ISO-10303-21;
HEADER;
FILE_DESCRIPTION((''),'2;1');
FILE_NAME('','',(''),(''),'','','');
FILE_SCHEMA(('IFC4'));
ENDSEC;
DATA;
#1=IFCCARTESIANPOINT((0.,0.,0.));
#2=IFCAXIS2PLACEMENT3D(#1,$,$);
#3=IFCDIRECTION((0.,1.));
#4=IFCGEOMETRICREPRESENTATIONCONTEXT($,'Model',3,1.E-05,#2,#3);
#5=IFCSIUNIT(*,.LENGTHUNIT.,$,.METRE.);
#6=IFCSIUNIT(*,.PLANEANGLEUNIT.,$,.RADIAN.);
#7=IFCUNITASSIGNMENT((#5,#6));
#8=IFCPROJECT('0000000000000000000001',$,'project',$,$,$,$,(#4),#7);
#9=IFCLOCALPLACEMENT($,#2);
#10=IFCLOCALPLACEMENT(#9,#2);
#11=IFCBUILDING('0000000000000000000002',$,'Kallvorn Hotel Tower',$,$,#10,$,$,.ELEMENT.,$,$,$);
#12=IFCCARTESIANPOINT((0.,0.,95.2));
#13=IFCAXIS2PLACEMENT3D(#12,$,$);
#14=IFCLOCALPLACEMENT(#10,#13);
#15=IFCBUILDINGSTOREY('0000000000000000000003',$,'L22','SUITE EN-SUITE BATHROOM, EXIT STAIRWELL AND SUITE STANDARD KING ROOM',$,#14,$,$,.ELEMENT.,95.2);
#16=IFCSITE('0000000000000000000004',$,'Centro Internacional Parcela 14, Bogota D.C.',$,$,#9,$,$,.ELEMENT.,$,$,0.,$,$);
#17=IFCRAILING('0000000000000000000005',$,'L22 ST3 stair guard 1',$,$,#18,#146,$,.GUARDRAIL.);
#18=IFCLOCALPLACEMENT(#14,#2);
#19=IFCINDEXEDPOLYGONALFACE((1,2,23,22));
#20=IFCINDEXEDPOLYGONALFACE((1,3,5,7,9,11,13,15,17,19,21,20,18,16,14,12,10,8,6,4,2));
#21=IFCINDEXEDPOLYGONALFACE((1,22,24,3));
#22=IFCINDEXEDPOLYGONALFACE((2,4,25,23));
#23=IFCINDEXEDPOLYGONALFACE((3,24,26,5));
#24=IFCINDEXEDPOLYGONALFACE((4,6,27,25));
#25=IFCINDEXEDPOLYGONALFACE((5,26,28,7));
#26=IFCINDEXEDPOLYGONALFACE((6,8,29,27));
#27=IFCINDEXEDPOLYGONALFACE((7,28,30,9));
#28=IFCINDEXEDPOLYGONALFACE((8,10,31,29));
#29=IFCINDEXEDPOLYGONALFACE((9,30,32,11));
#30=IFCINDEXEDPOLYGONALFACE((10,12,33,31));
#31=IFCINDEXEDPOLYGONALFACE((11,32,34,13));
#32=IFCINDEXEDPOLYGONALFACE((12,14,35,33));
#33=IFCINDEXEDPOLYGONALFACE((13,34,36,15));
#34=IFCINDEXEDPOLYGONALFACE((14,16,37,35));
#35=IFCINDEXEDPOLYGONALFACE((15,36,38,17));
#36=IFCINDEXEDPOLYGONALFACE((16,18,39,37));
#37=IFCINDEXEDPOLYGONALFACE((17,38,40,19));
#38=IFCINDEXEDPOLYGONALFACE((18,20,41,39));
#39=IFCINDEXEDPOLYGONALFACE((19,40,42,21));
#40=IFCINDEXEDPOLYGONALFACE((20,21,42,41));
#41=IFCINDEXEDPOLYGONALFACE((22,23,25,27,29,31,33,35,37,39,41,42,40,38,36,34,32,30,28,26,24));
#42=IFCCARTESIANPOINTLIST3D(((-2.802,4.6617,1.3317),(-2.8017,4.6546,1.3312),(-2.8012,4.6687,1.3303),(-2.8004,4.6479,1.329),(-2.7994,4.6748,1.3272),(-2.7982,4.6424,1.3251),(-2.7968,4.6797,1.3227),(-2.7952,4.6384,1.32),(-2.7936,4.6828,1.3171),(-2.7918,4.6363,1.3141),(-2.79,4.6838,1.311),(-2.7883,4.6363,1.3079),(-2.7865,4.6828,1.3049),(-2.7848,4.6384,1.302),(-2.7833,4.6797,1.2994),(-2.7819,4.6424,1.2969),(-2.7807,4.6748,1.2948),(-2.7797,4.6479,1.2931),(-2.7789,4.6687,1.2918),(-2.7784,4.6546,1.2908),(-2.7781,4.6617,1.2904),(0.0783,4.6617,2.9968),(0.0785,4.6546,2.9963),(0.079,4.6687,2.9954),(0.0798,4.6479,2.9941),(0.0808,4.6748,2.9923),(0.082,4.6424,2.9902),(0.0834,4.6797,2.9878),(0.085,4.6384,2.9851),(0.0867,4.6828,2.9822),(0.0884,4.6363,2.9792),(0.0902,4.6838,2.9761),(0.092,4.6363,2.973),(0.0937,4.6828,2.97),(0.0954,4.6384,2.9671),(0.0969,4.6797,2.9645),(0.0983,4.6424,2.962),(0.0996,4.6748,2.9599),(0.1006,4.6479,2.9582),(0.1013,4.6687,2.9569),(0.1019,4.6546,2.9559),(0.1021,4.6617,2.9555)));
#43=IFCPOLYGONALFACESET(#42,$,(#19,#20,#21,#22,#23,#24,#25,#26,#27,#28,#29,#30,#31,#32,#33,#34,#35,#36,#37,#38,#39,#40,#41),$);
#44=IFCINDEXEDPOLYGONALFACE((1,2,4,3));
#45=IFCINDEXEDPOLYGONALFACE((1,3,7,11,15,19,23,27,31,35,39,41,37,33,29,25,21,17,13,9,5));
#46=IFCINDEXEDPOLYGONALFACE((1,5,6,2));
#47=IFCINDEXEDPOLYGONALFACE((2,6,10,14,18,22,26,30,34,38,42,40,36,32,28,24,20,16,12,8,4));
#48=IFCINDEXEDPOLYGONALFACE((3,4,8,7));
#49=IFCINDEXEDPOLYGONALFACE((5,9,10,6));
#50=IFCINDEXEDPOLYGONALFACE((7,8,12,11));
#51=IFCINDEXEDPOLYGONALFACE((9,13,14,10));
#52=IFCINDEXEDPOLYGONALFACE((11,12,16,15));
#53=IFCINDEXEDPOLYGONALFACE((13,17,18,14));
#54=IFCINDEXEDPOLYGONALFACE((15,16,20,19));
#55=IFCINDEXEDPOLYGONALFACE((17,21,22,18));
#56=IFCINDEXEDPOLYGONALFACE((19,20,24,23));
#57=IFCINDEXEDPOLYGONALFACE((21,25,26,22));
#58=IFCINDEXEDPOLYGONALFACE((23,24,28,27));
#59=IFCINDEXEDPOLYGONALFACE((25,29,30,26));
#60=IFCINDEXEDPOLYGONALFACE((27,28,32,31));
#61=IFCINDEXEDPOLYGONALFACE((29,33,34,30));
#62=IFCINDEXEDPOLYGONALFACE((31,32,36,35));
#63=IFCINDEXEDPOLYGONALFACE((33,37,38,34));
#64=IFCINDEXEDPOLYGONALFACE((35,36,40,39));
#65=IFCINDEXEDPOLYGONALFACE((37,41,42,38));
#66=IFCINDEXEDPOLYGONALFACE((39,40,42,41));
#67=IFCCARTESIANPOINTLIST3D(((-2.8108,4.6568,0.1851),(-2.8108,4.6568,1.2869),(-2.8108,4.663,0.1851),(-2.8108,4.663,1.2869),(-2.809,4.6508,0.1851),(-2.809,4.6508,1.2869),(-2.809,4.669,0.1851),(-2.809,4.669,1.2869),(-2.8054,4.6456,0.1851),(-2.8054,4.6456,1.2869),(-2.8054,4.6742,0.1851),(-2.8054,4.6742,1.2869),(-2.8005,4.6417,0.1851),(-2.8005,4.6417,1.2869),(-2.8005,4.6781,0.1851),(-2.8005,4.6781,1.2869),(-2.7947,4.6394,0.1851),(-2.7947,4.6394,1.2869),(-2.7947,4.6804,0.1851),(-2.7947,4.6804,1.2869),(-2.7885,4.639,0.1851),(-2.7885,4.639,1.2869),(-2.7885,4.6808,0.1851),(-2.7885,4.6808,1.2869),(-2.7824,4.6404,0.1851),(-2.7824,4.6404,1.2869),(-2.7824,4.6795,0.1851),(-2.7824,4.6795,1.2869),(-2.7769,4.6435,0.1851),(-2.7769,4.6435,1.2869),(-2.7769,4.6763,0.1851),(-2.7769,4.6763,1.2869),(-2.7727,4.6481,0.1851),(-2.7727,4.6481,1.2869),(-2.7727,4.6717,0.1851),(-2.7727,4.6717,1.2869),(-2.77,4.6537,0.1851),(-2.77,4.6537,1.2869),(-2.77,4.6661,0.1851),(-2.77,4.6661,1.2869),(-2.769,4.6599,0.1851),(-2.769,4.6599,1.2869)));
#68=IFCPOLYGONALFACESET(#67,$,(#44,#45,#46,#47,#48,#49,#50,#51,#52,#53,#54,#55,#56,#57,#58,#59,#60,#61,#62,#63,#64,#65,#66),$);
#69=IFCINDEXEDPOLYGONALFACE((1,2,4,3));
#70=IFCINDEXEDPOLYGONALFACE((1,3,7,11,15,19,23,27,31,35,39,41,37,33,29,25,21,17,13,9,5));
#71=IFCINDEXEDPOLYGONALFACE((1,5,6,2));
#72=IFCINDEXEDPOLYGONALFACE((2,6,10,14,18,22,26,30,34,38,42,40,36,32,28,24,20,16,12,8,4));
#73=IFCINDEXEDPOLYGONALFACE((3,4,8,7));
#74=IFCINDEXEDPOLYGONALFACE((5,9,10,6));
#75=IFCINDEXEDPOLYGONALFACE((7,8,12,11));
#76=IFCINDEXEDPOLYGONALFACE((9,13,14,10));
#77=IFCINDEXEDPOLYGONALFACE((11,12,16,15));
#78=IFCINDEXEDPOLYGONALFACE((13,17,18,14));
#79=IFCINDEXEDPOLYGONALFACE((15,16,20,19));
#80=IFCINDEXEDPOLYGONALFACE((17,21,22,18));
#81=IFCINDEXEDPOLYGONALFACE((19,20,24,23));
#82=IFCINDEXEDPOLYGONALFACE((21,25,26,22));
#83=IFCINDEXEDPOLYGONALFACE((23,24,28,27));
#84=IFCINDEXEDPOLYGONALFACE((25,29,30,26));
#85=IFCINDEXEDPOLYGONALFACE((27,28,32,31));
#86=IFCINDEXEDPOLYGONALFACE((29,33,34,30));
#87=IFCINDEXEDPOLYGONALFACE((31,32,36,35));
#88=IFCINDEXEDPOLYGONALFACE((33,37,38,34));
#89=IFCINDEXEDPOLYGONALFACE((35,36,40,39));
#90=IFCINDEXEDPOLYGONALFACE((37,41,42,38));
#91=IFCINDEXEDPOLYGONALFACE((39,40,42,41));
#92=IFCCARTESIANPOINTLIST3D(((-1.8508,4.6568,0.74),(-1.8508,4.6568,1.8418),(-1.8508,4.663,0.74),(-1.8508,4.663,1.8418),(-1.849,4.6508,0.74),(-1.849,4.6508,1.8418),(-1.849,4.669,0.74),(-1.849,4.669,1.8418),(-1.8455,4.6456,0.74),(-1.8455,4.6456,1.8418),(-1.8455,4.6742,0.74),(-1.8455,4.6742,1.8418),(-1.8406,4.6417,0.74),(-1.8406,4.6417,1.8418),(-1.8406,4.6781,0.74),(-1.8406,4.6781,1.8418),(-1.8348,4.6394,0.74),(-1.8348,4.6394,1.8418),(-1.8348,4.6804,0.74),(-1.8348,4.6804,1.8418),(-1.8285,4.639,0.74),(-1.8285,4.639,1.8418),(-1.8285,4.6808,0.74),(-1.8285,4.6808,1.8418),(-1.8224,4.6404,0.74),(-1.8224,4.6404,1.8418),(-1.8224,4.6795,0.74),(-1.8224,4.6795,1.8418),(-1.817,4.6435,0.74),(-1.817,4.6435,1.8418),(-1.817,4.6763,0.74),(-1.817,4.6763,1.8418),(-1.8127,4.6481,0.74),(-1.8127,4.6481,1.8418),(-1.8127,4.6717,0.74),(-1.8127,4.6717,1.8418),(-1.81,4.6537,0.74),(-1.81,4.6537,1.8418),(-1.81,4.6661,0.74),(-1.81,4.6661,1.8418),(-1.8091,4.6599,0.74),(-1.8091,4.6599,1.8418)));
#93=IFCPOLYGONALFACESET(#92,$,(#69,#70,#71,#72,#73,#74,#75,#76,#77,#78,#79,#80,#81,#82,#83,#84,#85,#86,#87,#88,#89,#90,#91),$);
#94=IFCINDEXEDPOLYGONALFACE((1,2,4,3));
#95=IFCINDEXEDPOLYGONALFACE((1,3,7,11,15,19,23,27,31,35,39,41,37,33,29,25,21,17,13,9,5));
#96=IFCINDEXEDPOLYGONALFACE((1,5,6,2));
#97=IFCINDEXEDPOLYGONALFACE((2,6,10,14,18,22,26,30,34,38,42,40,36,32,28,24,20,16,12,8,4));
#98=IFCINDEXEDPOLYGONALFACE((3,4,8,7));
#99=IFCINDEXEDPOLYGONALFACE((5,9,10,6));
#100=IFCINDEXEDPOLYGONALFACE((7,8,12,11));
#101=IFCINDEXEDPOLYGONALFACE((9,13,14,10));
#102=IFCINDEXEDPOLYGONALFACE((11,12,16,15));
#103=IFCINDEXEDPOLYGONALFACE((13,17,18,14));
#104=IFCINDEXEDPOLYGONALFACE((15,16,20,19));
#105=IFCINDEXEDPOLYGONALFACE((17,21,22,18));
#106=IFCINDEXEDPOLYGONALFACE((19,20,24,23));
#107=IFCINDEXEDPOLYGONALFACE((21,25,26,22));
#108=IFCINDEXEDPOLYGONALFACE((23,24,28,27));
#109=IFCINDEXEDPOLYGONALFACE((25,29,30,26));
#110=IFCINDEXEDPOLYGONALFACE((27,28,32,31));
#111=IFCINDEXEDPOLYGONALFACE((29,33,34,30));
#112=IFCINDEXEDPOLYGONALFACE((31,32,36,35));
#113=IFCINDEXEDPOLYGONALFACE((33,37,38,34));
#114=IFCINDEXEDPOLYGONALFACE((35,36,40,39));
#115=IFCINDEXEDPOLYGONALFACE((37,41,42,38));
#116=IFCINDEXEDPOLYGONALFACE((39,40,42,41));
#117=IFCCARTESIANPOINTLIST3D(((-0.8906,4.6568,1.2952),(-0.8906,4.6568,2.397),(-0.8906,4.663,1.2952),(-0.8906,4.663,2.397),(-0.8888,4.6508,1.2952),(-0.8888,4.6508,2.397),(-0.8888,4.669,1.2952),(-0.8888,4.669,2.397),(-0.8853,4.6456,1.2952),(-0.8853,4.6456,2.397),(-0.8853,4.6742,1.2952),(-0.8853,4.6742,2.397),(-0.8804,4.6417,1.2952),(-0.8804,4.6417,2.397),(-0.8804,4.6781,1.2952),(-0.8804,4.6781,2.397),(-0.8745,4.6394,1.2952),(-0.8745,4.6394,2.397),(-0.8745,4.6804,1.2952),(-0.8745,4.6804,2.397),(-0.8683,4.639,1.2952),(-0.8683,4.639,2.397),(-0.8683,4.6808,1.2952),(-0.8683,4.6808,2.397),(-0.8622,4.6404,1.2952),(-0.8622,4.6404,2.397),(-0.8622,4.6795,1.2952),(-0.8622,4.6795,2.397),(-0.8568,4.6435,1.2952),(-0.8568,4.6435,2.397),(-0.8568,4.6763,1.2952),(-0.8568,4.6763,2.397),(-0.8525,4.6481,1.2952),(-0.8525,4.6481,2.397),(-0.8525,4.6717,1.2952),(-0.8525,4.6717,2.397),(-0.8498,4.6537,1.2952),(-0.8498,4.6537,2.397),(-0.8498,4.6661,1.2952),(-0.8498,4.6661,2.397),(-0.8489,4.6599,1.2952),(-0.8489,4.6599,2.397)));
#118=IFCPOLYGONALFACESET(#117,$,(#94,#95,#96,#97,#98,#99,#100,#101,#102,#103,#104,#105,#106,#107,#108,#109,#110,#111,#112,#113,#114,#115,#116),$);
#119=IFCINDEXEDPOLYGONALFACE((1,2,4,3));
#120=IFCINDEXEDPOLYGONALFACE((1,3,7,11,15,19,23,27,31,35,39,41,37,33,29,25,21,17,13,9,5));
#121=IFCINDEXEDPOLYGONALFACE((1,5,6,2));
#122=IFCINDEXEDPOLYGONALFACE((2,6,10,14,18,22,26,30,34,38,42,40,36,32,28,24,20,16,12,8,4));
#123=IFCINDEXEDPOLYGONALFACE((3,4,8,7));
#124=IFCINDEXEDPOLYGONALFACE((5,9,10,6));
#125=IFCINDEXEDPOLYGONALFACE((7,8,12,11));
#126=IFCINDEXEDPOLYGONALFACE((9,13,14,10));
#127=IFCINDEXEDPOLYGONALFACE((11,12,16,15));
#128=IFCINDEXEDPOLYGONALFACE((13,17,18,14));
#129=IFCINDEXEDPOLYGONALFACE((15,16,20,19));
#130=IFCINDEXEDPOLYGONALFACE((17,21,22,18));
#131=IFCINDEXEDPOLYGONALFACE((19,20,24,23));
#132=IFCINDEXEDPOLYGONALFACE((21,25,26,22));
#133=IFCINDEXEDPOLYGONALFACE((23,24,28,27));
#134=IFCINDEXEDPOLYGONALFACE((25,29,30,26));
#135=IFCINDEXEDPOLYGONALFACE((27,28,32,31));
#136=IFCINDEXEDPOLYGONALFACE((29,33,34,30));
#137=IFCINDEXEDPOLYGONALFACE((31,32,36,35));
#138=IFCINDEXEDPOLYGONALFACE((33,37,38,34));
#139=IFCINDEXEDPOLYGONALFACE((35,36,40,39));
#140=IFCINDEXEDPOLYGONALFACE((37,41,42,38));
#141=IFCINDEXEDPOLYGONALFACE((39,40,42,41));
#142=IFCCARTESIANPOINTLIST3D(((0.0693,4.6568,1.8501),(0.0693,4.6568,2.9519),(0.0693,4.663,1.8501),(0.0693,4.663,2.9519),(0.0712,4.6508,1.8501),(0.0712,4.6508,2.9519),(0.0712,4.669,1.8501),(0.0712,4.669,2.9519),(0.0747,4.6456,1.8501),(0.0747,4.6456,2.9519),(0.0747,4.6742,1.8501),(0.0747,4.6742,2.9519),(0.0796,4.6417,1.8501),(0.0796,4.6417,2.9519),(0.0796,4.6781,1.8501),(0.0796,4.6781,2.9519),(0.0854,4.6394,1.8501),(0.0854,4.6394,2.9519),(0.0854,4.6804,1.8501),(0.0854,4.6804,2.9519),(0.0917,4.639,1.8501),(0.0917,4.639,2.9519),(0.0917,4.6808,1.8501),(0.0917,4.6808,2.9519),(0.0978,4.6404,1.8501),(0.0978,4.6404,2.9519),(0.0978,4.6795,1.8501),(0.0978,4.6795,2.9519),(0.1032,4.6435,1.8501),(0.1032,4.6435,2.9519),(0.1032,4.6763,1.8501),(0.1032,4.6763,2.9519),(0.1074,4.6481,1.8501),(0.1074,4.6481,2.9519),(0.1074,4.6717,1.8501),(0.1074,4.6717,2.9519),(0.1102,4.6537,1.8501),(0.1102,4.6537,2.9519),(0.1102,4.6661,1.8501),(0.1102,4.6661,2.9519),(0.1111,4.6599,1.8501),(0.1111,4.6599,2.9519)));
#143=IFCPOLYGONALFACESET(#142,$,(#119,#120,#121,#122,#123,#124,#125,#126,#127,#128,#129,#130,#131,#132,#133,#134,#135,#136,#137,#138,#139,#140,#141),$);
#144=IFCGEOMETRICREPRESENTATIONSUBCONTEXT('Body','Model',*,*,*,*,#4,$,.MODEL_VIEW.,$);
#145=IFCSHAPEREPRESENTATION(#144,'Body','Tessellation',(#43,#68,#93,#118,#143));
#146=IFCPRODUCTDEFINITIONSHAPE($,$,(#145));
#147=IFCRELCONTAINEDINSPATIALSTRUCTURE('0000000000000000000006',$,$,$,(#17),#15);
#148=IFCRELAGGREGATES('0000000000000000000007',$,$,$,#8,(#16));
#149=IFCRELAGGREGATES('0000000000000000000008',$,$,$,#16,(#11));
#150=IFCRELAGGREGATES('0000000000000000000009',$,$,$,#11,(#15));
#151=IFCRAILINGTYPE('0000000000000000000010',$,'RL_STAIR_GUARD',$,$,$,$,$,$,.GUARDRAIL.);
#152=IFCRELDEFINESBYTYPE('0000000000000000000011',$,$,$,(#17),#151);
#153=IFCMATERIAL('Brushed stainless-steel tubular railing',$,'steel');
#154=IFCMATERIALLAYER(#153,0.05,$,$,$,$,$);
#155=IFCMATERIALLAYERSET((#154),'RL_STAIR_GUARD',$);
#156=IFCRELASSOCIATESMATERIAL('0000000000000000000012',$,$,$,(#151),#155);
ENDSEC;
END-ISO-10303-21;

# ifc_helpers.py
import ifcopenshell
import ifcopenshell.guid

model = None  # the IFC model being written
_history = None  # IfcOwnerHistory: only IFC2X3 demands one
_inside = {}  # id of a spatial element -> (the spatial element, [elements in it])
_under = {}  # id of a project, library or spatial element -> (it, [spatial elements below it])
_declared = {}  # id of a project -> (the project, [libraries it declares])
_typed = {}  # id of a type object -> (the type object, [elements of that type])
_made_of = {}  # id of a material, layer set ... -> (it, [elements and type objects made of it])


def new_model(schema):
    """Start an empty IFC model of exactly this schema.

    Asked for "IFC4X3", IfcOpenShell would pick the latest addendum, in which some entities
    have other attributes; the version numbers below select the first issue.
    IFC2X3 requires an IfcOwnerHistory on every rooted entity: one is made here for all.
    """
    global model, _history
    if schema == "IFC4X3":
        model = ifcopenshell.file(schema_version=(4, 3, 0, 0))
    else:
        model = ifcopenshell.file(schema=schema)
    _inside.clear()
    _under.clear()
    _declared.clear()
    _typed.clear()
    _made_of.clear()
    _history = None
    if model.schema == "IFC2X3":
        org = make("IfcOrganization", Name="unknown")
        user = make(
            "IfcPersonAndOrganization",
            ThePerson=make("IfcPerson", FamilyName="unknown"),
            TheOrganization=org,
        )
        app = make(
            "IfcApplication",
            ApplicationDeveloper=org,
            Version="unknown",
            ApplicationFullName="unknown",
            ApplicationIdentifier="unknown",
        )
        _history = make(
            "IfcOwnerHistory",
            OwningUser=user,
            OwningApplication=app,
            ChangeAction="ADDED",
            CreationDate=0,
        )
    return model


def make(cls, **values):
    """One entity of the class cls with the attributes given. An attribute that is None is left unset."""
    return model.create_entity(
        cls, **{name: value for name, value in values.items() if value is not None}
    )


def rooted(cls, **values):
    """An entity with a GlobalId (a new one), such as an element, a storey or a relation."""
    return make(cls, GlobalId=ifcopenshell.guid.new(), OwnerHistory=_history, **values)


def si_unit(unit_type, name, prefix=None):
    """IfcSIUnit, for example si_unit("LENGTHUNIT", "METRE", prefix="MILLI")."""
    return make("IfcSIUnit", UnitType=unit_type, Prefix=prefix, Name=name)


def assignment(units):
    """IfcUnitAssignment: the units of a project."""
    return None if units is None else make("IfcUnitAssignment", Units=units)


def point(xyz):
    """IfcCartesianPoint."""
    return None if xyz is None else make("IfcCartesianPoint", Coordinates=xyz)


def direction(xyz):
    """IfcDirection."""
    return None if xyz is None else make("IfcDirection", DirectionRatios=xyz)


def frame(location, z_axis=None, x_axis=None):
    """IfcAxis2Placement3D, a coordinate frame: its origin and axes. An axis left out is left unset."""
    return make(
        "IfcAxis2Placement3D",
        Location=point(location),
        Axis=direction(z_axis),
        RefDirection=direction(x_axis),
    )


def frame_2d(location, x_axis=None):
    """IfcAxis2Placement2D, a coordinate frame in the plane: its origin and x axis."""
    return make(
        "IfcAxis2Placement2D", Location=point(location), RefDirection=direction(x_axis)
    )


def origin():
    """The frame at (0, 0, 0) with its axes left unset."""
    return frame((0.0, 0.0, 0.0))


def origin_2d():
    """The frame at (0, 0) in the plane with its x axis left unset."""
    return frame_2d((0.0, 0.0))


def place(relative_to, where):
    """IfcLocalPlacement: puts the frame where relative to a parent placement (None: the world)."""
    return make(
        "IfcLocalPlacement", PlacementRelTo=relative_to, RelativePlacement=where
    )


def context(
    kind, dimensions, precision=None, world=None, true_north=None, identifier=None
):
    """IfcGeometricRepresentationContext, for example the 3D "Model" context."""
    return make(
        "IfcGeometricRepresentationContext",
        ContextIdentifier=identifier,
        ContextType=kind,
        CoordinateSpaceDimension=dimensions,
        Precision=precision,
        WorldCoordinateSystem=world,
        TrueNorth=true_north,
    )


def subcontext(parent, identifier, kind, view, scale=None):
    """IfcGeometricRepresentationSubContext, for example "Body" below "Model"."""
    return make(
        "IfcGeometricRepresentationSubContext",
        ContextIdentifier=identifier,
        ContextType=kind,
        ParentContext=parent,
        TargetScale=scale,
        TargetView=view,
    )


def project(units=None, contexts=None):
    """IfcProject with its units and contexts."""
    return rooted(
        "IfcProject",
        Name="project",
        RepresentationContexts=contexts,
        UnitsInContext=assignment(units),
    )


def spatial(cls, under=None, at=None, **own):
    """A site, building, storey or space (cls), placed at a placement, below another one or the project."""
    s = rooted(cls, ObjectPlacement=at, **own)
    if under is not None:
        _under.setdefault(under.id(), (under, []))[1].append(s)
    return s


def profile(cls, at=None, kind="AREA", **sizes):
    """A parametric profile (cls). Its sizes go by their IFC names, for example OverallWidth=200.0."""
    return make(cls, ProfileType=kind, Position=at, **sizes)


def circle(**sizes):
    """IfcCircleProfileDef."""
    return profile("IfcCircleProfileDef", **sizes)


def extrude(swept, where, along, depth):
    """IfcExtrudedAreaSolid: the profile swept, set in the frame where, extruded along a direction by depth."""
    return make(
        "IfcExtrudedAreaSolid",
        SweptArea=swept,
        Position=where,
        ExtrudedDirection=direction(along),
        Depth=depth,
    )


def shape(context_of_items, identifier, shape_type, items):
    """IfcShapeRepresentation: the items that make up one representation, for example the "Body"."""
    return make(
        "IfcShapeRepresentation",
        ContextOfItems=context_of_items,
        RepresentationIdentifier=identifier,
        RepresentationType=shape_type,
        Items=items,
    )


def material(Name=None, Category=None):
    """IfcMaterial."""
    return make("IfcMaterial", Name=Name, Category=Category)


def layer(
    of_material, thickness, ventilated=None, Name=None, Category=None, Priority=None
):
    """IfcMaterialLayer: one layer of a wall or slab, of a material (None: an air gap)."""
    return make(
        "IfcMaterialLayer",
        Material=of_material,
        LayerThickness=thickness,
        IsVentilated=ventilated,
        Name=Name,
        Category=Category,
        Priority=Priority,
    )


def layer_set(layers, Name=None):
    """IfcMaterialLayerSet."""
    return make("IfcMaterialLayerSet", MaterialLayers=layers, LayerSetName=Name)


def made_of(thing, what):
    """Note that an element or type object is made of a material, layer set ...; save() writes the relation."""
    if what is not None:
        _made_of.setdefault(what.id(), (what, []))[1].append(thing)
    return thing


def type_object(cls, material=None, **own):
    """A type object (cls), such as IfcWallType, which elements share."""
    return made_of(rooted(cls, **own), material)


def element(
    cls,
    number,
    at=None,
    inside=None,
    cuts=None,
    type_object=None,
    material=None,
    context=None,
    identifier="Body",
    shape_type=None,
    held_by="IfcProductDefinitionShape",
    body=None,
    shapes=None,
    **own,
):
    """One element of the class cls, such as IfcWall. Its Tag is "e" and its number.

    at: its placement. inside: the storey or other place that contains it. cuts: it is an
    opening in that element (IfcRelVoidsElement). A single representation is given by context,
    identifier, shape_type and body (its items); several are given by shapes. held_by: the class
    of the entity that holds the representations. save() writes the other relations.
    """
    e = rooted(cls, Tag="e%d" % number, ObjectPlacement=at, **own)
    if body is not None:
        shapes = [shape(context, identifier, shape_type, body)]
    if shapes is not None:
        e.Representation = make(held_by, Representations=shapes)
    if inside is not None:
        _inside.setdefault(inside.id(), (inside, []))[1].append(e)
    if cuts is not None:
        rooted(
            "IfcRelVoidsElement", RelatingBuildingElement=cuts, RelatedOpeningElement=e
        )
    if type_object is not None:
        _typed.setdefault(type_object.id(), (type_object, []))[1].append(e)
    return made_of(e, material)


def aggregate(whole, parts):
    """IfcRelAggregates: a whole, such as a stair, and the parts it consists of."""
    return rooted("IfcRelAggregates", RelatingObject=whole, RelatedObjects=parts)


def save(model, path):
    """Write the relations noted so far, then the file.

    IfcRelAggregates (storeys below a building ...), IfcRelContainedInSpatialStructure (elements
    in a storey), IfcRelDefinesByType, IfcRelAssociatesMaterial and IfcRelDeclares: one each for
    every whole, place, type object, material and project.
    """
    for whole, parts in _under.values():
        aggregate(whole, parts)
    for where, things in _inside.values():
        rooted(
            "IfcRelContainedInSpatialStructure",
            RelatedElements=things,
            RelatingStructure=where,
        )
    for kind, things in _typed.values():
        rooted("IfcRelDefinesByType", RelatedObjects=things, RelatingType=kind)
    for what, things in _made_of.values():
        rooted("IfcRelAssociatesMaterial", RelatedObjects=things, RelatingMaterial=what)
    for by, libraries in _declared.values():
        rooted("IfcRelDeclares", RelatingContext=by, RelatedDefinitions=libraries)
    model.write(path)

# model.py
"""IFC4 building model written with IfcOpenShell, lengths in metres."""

from ifc_helpers import new_model, si_unit, direction, frame, origin, origin_2d, place, context, subcontext, project, spatial, circle, extrude, material, layer, layer_set, type_object, element, save


model = new_model("IFC4")

# Units and contexts
model_context = context("Model", 3, precision=1e-05, world=origin(), true_north=direction((0.0, 1.0)))
body_context = subcontext(model_context, "Body", "Model", "MODEL_VIEW")
ifc_project = project(units=[si_unit("LENGTHUNIT", "METRE"), si_unit("PLANEANGLEUNIT", "RADIAN")], contexts=[model_context])

# Site, building, storey
site_placement = place(None, origin())
site = spatial("IfcSite", under=ifc_project, at=site_placement, Name="Centro Internacional Parcela 14, Bogota D.C.", CompositionType="ELEMENT", RefElevation=0.0)
building_placement = place(site_placement, origin())
building = spatial("IfcBuilding", under=site, at=building_placement, Name="Kallvorn Hotel Tower", CompositionType="ELEMENT")
storey_placement = place(building_placement, frame((0.0, 0.0, 95.2)))
storey = spatial("IfcBuildingStorey", under=building, at=storey_placement, Name="L22", Description="SUITE EN-SUITE BATHROOM, EXIT STAIRWELL AND SUITE STANDARD KING ROOM", CompositionType="ELEMENT", Elevation=95.2)

# Railing
ifc_material_1 = material(Name="Brushed stainless-steel tubular railing", Category="steel")
ifc_layer_1 = layer(ifc_material_1, 0.05)
ifc_layer_set_1 = layer_set([ifc_layer_1], Name="RL_STAIR_GUARD")
railing_type_1 = type_object("IfcRailingType", Name="RL_STAIR_GUARD", PredefinedType="GUARDRAIL", material=ifc_layer_set_1)
railing_1_placement = place(storey_placement, frame((-2.79, 4.6599, 0.1851)))
element("IfcRailing", 1, at=railing_1_placement, inside=storey, type_object=railing_type_1, Name="L22 ST3 stair guard 1", PredefinedType="GUARDRAIL", context=body_context, shape_type="SweptSolid", body=[
    extrude(circle(Radius=0.0239, at=origin_2d()), frame((0.0, 0.0, 1.126), z_axis=(0.865739, 0.0, 0.500495), x_axis=(0.0, 1.0, 0.0)), (0.0, 0.0, 1.0), 3.3269),
    extrude(circle(Radius=0.021, at=origin_2d()), origin(), (0.0, 0.0, 1.0), 1.1018),
    extrude(circle(Radius=0.021, at=origin_2d()), frame((0.96, 0.0, 0.5549)), (0.0, 0.0, 1.0), 1.1018),
    extrude(circle(Radius=0.021, at=origin_2d()), frame((1.9202, 0.0, 1.1101)), (0.0, 0.0, 1.0), 1.1018),
    extrude(circle(Radius=0.021, at=origin_2d()), frame((2.8801, 0.0, 1.665)), (0.0, 0.0, 1.0), 1.1018),
])

save(model, "model.ifc")
